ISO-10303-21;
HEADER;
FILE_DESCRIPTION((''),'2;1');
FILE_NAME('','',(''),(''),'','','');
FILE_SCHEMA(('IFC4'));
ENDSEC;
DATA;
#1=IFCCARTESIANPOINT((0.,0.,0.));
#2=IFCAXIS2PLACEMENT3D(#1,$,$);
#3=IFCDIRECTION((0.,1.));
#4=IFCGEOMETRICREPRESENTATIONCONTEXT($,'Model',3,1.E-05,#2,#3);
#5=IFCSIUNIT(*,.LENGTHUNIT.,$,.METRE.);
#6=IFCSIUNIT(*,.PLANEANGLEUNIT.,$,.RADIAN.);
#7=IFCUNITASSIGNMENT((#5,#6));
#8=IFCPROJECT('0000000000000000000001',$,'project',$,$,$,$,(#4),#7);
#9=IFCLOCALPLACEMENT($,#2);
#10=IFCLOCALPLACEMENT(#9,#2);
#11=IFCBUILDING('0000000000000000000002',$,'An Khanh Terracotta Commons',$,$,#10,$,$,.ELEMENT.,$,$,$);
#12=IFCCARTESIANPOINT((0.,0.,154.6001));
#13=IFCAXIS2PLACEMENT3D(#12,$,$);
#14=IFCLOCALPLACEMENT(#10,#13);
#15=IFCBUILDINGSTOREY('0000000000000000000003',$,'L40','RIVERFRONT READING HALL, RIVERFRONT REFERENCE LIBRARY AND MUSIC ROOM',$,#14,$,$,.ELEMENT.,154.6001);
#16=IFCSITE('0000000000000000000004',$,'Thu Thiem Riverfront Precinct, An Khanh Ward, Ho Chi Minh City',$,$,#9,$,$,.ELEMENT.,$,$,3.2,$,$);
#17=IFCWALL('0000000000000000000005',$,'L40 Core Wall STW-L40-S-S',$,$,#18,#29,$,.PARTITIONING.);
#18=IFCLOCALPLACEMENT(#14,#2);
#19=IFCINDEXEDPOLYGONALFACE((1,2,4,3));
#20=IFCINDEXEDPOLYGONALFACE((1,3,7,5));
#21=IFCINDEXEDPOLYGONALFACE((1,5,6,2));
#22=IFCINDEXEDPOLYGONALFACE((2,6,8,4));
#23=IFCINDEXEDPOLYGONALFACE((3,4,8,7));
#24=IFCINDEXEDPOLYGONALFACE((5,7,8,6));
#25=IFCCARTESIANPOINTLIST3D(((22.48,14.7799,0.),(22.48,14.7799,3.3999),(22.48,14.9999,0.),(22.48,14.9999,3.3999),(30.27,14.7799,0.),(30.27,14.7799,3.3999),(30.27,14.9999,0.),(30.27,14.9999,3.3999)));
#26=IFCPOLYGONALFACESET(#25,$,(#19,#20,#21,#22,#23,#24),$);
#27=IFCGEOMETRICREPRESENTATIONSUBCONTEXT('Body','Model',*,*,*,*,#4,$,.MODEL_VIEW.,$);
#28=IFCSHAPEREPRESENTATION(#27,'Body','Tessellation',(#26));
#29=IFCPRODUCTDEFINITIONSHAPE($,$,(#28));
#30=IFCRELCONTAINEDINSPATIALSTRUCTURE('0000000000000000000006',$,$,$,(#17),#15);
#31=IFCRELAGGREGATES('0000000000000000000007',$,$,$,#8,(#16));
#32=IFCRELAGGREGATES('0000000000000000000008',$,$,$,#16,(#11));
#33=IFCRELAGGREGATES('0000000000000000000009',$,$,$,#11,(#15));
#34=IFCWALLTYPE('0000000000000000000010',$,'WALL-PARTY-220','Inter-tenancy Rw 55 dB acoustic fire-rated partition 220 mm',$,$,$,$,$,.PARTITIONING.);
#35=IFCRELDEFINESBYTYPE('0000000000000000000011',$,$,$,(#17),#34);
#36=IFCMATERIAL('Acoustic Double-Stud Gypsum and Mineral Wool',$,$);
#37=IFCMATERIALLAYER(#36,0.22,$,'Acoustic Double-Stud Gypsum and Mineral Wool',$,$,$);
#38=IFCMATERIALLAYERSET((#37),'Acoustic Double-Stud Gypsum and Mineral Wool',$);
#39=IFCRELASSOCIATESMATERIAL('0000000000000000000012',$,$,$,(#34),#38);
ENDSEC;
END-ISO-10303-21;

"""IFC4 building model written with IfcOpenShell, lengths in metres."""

from ifc_helpers import new_model, si_unit, direction, frame, frame_2d, origin, place, context, subcontext, project, spatial, rectangle, extrude, material, layer, layer_set, type_object, element, save


model = new_model("IFC4")

# Units and contexts
model_context = context("Model", 3, precision=1e-05, world=origin(), true_north=direction((0.0, 1.0)))
body_context = subcontext(model_context, "Body", "Model", "MODEL_VIEW")
ifc_project = project(units=[si_unit("LENGTHUNIT", "METRE"), si_unit("PLANEANGLEUNIT", "RADIAN")], contexts=[model_context])

# Site, building, storey
site_placement = place(None, origin())
site = spatial("IfcSite", under=ifc_project, at=site_placement, Name="Thu Thiem Riverfront Precinct, An Khanh Ward, Ho Chi Minh City", CompositionType="ELEMENT", RefElevation=3.2)
building_placement = place(site_placement, origin())
building = spatial("IfcBuilding", under=site, at=building_placement, Name="An Khanh Terracotta Commons", CompositionType="ELEMENT")
storey_placement = place(building_placement, frame((0.0, 0.0, 154.6001)))
storey = spatial("IfcBuildingStorey", under=building, at=storey_placement, Name="L40", Description="RIVERFRONT READING HALL, RIVERFRONT REFERENCE LIBRARY AND MUSIC ROOM", CompositionType="ELEMENT", Elevation=154.6001)

# Wall
ifc_material_1 = material(Name="Acoustic Double-Stud Gypsum and Mineral Wool")
ifc_layer_1 = layer(ifc_material_1, 0.22, Name="Acoustic Double-Stud Gypsum and Mineral Wool")
ifc_layer_set_1 = layer_set([ifc_layer_1], Name="Acoustic Double-Stud Gypsum and Mineral Wool")
wall_type_1 = type_object("IfcWallType", Name="WALL-PARTY-220", Description="Inter-tenancy Rw 55 dB acoustic fire-rated partition 220 mm", PredefinedType="PARTITIONING", material=ifc_layer_set_1)
wall_1_placement = place(storey_placement, frame((22.48, 14.8899, 0.0), z_axis=(0.0, 0.0, 1.0), x_axis=(1.0, 0.0, 0.0)))
element("IfcWall", 1, at=wall_1_placement, inside=storey, type_object=wall_type_1, Name="L40 Core Wall STW-L40-S-S", PredefinedType="PARTITIONING", context=body_context, shape_type="SweptSolid", body=[
    extrude(rectangle(XDim=7.79, YDim=0.22, at=frame_2d((3.895, 0.0))), origin(), (0.0, 0.0, 1.0), 3.3999),
])

save(model, "model.ifc")
